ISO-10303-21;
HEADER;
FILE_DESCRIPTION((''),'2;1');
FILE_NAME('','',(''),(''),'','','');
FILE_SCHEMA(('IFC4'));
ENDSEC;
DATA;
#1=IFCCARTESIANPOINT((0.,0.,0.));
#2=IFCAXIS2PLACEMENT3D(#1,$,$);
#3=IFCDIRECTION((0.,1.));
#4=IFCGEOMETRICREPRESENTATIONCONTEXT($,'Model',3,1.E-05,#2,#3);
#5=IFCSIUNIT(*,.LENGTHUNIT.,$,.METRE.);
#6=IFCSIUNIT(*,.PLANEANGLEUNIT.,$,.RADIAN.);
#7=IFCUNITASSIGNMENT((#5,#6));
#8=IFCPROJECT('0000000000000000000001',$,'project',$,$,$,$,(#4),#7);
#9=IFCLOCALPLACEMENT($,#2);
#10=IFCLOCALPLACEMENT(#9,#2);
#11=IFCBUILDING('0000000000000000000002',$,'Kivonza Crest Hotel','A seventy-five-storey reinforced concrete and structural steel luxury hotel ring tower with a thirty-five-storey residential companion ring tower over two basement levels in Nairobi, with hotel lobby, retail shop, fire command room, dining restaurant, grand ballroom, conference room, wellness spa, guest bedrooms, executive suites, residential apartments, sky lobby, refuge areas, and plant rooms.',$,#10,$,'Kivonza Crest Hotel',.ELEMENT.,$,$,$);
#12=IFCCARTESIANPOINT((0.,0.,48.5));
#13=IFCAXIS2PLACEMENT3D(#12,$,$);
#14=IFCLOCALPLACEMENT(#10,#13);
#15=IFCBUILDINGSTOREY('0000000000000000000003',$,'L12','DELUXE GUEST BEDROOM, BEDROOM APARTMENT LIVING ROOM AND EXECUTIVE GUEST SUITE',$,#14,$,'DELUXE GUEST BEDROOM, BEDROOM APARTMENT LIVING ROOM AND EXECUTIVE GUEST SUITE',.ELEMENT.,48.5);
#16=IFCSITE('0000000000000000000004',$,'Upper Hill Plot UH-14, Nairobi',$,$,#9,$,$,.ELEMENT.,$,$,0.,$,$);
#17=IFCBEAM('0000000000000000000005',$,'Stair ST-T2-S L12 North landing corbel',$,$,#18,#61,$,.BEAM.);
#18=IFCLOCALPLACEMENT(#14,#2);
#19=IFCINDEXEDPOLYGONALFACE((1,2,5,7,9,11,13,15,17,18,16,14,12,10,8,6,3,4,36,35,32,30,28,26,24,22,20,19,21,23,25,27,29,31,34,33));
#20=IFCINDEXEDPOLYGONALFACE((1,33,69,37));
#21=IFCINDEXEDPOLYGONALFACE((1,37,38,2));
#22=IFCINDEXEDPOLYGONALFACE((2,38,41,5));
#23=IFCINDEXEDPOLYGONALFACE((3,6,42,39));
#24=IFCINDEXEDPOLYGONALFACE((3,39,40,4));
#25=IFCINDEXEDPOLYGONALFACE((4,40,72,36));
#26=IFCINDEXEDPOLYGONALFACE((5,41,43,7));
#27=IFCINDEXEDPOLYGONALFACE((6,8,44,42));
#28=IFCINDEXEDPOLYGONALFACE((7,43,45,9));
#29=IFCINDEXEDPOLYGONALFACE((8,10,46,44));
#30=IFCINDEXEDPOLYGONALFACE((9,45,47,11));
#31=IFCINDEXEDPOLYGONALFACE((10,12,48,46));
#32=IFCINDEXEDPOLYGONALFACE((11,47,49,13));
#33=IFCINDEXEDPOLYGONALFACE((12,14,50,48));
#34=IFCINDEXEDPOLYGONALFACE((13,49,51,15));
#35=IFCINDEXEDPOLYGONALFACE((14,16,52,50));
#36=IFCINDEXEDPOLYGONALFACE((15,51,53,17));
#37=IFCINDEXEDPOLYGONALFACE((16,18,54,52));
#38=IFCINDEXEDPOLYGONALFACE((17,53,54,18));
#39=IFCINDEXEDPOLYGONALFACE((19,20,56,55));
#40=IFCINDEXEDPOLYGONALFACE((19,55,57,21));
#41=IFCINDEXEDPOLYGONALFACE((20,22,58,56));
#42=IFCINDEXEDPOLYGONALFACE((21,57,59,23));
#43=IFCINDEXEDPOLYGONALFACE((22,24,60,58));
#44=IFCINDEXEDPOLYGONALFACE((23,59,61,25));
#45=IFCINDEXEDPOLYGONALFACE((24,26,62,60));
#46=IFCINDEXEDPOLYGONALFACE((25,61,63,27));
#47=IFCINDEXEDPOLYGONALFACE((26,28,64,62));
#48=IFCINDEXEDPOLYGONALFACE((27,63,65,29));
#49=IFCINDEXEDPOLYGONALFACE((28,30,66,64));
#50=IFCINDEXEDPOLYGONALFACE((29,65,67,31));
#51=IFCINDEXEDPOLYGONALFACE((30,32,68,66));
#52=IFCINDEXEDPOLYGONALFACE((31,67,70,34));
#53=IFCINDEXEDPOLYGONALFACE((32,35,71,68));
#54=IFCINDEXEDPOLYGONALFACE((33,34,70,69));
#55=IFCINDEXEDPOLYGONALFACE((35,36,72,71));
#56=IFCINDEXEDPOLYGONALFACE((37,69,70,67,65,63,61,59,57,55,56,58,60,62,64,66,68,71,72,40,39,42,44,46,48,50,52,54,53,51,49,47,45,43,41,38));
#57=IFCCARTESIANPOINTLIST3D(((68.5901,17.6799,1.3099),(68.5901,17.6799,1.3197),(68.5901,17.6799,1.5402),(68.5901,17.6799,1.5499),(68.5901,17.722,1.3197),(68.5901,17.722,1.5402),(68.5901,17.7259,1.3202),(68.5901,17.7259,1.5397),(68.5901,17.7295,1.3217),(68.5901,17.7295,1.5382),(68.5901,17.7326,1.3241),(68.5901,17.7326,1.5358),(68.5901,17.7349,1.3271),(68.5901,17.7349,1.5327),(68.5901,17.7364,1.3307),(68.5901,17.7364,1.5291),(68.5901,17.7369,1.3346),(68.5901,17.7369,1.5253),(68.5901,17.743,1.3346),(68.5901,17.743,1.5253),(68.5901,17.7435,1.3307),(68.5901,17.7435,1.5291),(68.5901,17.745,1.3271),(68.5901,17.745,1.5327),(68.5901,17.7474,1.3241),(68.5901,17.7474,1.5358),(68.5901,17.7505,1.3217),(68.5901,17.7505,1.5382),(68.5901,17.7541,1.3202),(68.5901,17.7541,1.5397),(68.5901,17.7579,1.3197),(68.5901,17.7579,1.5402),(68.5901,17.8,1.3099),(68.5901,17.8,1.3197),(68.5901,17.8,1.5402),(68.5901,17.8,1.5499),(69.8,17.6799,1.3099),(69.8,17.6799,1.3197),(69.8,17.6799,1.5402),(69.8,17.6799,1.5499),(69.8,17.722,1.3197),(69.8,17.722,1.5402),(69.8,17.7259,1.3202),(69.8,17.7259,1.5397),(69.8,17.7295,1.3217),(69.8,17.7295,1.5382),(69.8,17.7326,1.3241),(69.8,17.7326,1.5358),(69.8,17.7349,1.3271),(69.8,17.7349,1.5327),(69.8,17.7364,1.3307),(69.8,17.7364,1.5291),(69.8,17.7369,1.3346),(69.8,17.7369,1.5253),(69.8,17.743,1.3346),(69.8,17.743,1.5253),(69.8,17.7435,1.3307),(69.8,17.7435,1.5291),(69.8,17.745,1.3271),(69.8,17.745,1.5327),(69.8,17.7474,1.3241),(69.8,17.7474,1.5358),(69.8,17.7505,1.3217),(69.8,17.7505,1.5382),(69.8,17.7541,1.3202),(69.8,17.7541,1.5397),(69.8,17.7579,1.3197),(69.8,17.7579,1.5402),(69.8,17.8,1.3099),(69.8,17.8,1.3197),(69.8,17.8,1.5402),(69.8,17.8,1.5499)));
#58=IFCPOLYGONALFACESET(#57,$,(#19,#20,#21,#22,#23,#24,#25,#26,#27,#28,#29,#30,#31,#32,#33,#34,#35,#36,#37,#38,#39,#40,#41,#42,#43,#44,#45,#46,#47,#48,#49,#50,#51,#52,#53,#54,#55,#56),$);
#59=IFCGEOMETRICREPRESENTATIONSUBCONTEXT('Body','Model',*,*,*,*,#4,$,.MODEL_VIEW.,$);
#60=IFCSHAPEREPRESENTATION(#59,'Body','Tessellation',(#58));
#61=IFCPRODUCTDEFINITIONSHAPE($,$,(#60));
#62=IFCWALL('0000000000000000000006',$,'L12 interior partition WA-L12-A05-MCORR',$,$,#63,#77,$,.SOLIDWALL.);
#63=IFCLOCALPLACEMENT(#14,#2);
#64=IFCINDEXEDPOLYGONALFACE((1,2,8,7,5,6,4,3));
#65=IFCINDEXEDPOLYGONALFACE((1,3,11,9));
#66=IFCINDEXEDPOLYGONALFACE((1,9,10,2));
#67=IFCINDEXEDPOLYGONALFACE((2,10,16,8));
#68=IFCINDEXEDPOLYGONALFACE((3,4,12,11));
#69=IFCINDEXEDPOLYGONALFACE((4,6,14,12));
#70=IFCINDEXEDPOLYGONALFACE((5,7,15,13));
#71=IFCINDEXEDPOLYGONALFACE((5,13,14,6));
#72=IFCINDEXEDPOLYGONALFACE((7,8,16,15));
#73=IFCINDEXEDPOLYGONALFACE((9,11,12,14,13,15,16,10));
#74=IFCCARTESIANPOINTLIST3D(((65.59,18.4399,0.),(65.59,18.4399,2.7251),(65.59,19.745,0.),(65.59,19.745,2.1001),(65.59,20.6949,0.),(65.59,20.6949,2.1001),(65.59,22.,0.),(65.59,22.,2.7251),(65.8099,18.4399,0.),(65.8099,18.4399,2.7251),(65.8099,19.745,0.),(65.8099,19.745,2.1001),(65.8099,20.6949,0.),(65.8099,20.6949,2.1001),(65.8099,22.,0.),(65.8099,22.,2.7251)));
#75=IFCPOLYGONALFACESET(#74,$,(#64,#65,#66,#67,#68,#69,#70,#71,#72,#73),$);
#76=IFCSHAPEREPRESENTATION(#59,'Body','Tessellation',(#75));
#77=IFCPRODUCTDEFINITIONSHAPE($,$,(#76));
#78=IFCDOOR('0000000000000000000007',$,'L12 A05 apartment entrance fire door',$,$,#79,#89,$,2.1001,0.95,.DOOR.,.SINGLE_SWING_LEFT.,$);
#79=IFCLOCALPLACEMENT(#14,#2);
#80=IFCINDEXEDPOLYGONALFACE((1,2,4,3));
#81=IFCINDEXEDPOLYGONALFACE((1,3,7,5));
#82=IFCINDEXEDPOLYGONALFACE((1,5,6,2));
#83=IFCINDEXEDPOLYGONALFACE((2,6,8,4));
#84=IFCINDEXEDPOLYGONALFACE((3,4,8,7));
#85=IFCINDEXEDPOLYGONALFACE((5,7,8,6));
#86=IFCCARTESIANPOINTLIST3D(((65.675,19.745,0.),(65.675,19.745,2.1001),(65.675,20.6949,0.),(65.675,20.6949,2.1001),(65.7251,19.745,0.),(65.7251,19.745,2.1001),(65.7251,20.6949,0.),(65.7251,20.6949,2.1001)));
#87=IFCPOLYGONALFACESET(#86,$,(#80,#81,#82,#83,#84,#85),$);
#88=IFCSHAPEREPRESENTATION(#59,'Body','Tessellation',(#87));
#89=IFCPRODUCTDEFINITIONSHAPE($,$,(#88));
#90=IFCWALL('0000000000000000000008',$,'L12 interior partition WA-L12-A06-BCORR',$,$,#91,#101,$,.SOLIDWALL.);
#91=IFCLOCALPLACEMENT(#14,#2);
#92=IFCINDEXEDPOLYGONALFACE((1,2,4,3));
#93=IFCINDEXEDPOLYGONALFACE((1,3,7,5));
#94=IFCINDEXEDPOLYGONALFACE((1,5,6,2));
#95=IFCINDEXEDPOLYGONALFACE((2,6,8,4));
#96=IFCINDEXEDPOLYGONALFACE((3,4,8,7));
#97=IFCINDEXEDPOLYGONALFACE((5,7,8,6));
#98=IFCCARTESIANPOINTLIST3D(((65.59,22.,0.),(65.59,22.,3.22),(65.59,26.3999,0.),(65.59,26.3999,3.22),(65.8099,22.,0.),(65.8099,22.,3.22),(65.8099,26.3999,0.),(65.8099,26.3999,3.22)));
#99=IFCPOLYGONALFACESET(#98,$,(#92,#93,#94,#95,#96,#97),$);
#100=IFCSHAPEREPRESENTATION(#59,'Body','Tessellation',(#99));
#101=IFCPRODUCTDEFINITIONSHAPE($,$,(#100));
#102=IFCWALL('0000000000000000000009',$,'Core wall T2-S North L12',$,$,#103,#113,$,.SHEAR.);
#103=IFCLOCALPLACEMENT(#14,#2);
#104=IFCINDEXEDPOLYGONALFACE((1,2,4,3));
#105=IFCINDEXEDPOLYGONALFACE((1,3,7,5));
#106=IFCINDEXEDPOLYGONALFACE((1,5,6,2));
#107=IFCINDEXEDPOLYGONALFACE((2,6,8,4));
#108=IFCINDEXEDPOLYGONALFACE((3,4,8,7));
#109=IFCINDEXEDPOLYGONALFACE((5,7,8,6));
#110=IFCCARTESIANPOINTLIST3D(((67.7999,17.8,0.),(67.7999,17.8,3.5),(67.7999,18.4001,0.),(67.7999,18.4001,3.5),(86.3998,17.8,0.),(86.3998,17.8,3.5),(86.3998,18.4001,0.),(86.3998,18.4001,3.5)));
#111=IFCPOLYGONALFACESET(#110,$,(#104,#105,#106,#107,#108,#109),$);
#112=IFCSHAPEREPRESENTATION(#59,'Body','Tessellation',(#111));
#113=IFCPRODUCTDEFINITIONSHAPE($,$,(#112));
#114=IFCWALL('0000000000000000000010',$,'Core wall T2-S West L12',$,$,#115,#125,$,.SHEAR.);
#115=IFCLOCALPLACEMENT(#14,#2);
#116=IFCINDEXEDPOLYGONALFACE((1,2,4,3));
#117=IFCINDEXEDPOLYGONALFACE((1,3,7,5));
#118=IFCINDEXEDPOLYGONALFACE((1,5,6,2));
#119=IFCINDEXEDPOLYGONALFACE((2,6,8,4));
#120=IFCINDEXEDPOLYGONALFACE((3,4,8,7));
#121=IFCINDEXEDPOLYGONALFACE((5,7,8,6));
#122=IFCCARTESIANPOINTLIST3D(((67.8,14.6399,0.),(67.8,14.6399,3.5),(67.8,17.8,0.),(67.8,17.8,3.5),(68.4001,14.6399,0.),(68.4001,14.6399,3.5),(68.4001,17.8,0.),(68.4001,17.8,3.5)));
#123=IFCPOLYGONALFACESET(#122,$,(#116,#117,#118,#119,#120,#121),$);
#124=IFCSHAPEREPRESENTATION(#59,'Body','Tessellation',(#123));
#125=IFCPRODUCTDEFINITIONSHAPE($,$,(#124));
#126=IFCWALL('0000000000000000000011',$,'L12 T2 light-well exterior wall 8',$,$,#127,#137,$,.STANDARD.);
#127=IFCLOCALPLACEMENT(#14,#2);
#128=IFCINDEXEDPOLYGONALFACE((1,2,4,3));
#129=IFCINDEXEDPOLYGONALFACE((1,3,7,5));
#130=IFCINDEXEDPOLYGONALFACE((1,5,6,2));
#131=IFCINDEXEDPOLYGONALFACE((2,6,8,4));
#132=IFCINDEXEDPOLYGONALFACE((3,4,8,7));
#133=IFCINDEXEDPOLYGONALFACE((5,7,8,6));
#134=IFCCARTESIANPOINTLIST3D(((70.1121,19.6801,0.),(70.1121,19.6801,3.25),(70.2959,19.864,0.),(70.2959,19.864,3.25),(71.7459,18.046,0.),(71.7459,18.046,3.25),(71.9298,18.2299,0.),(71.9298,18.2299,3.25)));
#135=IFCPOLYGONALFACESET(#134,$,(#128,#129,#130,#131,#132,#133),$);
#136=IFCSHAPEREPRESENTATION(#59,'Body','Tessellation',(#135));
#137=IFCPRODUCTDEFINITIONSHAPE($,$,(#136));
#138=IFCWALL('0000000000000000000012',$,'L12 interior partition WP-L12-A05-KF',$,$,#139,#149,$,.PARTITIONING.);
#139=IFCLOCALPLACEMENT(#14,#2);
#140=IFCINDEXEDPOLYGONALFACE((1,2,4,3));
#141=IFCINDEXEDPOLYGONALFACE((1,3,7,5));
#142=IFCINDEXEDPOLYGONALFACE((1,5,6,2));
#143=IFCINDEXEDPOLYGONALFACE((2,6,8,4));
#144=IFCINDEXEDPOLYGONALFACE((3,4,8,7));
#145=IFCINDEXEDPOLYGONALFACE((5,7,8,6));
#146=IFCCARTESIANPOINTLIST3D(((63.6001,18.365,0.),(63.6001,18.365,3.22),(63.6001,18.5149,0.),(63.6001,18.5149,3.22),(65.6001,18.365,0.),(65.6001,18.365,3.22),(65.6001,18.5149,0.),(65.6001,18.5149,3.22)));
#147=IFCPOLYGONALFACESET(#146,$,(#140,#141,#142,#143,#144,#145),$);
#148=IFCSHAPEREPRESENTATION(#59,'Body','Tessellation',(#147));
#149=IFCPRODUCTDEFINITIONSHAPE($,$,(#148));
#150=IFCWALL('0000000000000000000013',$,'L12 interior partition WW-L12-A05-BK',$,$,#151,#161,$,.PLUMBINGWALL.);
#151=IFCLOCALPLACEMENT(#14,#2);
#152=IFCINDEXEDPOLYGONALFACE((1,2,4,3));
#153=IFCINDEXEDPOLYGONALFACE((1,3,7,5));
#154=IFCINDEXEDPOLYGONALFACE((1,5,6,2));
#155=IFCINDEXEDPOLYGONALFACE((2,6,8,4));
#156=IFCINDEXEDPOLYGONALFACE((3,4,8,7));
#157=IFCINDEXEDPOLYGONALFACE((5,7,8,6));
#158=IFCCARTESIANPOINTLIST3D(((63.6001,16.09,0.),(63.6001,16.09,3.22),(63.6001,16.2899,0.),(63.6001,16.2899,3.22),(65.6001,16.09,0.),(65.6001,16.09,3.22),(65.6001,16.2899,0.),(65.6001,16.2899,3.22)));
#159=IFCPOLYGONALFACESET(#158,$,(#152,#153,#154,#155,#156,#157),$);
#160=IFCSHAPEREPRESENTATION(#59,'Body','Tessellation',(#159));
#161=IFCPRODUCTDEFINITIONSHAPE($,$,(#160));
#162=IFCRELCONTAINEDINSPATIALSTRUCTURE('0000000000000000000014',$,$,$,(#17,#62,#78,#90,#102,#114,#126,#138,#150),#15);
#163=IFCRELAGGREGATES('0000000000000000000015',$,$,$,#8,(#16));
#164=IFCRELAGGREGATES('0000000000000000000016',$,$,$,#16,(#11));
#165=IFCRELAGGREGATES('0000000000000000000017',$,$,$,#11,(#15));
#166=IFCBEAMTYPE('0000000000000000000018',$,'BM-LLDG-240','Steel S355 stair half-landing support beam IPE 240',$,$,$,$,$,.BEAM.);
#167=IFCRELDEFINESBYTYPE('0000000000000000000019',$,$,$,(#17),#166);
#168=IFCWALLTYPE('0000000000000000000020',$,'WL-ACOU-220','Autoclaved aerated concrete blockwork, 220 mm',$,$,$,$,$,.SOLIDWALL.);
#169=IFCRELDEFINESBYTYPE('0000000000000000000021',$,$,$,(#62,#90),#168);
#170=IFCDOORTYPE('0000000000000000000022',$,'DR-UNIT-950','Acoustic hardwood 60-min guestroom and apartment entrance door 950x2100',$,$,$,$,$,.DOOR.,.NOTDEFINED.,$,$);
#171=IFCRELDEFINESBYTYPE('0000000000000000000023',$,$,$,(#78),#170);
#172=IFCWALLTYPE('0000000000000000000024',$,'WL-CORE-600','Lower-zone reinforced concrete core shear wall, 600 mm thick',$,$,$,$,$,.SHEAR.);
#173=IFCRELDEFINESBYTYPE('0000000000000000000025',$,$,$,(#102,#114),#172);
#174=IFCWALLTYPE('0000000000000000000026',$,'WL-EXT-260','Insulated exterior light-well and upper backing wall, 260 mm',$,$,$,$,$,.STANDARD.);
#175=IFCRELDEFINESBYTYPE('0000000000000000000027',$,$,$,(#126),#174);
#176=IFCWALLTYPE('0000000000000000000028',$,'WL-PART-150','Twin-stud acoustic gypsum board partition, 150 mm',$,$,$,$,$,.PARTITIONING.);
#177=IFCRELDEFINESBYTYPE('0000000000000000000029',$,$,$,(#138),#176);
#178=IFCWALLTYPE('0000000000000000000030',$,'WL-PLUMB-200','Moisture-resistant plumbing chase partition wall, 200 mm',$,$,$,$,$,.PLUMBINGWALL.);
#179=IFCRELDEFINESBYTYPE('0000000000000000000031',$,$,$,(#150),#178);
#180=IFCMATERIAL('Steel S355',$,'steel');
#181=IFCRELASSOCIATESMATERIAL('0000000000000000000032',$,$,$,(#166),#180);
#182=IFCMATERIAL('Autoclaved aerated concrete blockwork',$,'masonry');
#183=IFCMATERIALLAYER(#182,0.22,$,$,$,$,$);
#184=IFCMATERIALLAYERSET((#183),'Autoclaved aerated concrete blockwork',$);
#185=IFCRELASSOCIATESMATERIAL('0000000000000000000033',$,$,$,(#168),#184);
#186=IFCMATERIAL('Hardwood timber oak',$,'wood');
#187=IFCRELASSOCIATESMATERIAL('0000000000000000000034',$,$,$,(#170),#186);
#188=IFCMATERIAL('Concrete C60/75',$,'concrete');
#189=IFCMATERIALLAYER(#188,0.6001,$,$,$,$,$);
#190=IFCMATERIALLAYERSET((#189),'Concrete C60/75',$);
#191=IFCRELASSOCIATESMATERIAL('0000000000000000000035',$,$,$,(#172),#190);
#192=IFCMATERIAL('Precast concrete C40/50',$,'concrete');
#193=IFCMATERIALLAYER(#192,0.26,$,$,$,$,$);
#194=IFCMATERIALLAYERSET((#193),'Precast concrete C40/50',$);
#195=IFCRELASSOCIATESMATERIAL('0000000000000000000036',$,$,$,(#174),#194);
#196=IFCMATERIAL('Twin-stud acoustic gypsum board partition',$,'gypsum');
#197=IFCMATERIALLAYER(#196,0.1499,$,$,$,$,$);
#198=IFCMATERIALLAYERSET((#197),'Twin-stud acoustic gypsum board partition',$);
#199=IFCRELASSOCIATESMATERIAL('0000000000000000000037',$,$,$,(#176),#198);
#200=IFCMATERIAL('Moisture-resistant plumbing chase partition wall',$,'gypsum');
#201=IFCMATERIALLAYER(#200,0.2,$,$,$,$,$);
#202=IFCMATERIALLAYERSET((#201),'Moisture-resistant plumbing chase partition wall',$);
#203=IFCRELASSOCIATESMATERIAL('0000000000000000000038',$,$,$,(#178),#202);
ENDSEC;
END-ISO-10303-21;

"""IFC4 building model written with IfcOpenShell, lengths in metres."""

from ifc_helpers import new_model, si_unit, direction, frame, frame_2d, origin, origin_2d, place, context, subcontext, project, spatial, rectangle, i_section, extrude, material, layer, layer_set, material_profile, profile_set, type_object, element, fill, save


model = new_model("IFC4")

# Units and contexts
model_context = context("Model", 3, precision=1e-05, world=origin(), true_north=direction((0.0, 1.0)))
body_context = subcontext(model_context, "Body", "Model", "MODEL_VIEW")
ifc_project = project(units=[si_unit("LENGTHUNIT", "METRE"), si_unit("PLANEANGLEUNIT", "RADIAN")], contexts=[model_context])

# Site, building, storey
site_placement = place(None, origin())
site = spatial("IfcSite", under=ifc_project, at=site_placement, Name="Upper Hill Plot UH-14, Nairobi", CompositionType="ELEMENT", RefElevation=0.0)
building_placement = place(site_placement, origin())
building = spatial("IfcBuilding", under=site, at=building_placement, Name="Kivonza Crest Hotel", Description="A seventy-five-storey reinforced concrete and structural steel luxury hotel ring tower with a thirty-five-storey residential companion ring tower over two basement levels in Nairobi, with hotel lobby, retail shop, fire command room, dining restaurant, grand ballroom, conference room, wellness spa, guest bedrooms, executive suites, residential apartments, sky lobby, refuge areas, and plant rooms.", LongName="Kivonza Crest Hotel", CompositionType="ELEMENT")
storey_placement = place(building_placement, frame((0.0, 0.0, 48.5)))
storey = spatial("IfcBuildingStorey", under=building, at=storey_placement, Name="L12", Description="DELUXE GUEST BEDROOM, BEDROOM APARTMENT LIVING ROOM AND EXECUTIVE GUEST SUITE", LongName="DELUXE GUEST BEDROOM, BEDROOM APARTMENT LIVING ROOM AND EXECUTIVE GUEST SUITE", CompositionType="ELEMENT", Elevation=48.5)

# Beam
ifc_material_1 = material(Name="Steel S355", Category="steel")
ifc_material_profile_1 = material_profile(ifc_material_1, i_section(OverallWidth=0.1201, OverallDepth=0.24, WebThickness=0.0061, FlangeThickness=0.0098, FilletRadius=0.0149, at=origin_2d()), Name="IPE 240")
ifc_profile_set_1 = profile_set([ifc_material_profile_1], Name="Steel S355")
beam_type_1 = type_object("IfcBeamType", Name="BM-LLDG-240", Description="Steel S355 stair half-landing support beam IPE 240", PredefinedType="BEAM", material=ifc_profile_set_1)
for number, where, z_axis, x_axis, name in (
    (1, (68.5901, 17.74, 1.4299), (1.0, 0.0, 0.0), (0.0, 1.0, 0.0), "Stair ST-T2-S L12 North landing corbel"),
):
    element("IfcBeam", number, at=place(storey_placement, frame(where, z_axis=z_axis, x_axis=x_axis)), inside=storey, type_object=beam_type_1, Name=name, PredefinedType="BEAM", context=body_context, shape_type="SweptSolid", body=[
        extrude(i_section(OverallWidth=0.1201, OverallDepth=0.24, WebThickness=0.0061, FlangeThickness=0.0098, FilletRadius=0.0149, at=origin_2d()), origin(), (0.0, 0.0, 1.0), 1.21),
    ])

# Wall, opening, door
ifc_material_2 = material(Name="Autoclaved aerated concrete blockwork", Category="masonry")
ifc_layer_1 = layer(ifc_material_2, 0.22)
ifc_layer_set_1 = layer_set([ifc_layer_1], Name="Autoclaved aerated concrete blockwork")
wall_type_1 = type_object("IfcWallType", Name="WL-ACOU-220", Description="Autoclaved aerated concrete blockwork, 220 mm", PredefinedType="SOLIDWALL", material=ifc_layer_set_1)
wall_1_placement = place(storey_placement, frame((65.7, 18.4399, 0.0), z_axis=(0.0, 0.0, 1.0), x_axis=(0.0, 1.0, 0.0)))
wall_1 = element("IfcWall", 2, at=wall_1_placement, inside=storey, type_object=wall_type_1, Name="L12 interior partition WA-L12-A05-MCORR", PredefinedType="SOLIDWALL", context=body_context, shape_type="SweptSolid", body=[
    extrude(rectangle(XDim=3.5601, YDim=0.22, at=frame_2d((1.78, 0.0))), origin(), (0.0, 0.0, 1.0), 2.7251),
])
opening_placement = place(wall_1_placement, frame((1.3049, 0.0, 0.0)))
opening = element("IfcOpeningElement", 3, at=opening_placement, cuts=wall_1, PredefinedType="OPENING", context=body_context, shape_type="SweptSolid", body=[
    extrude(rectangle(XDim=0.95, YDim=2.1001, at=frame_2d((0.4751, 1.05))), frame((0.0, 0.1201, 0.0), z_axis=(0.0, -1.0, 0.0), x_axis=(1.0, 0.0, 0.0)), (0.0, 0.0, 1.0), 0.24),
])
ifc_material_3 = material(Name="Hardwood timber oak", Category="wood")
door_type = type_object("IfcDoorType", Name="DR-UNIT-950", Description="Acoustic hardwood 60-min guestroom and apartment entrance door 950x2100", OperationType="NOTDEFINED", PredefinedType="DOOR", material=ifc_material_3)
door_placement = place(opening_placement, origin())
door = element("IfcDoor", 4, at=door_placement, inside=storey, type_object=door_type, Name="L12 A05 apartment entrance fire door", OperationType="SINGLE_SWING_LEFT", OverallHeight=2.1001, OverallWidth=0.95, PredefinedType="DOOR", context=body_context, shape_type="SweptSolid", body=[
    extrude(rectangle(XDim=0.95, YDim=2.1001, at=frame_2d((0.4751, 1.05))), frame((0.0, 0.0249, 0.0), z_axis=(0.0, -1.0, 0.0), x_axis=(1.0, 0.0, 0.0)), (0.0, 0.0, 1.0), 0.05),
])
fill(opening, door)

# Walls
wall_2_placement = place(storey_placement, frame((65.7, 22.0, 0.0), z_axis=(0.0, 0.0, 1.0), x_axis=(0.0, 1.0, 0.0)))
element("IfcWall", 5, at=wall_2_placement, inside=storey, type_object=wall_type_1, Name="L12 interior partition WA-L12-A06-BCORR", PredefinedType="SOLIDWALL", context=body_context, shape_type="SweptSolid", body=[
    extrude(rectangle(XDim=4.3999, YDim=0.22, at=frame_2d((2.2, 0.0))), origin(), (0.0, 0.0, 1.0), 3.22),
])
ifc_material_4 = material(Name="Concrete C60/75", Category="concrete")
ifc_layer_2 = layer(ifc_material_4, 0.6001)
ifc_layer_set_2 = layer_set([ifc_layer_2], Name="Concrete C60/75")
wall_type_2 = type_object("IfcWallType", Name="WL-CORE-600", Description="Lower-zone reinforced concrete core shear wall, 600 mm thick", PredefinedType="SHEAR", material=ifc_layer_set_2)
wall_3_placement = place(storey_placement, frame((67.8, 18.1001, 0.0), z_axis=(0.0, 0.0, 1.0), x_axis=(1.0, 0.0, 0.0)))
element("IfcWall", 6, at=wall_3_placement, inside=storey, type_object=wall_type_2, Name="Core wall T2-S North L12", PredefinedType="SHEAR", context=body_context, shape_type="SweptSolid", body=[
    extrude(rectangle(XDim=18.5999, YDim=0.6001, at=frame_2d((9.2998, 0.0))), origin(), (0.0, 0.0, 1.0), 3.5),
])
wall_4_placement = place(storey_placement, frame((68.1001, 14.6399, 0.0), z_axis=(0.0, 0.0, 1.0), x_axis=(0.0, 1.0, 0.0)))
element("IfcWall", 7, at=wall_4_placement, inside=storey, type_object=wall_type_2, Name="Core wall T2-S West L12", PredefinedType="SHEAR", context=body_context, shape_type="SweptSolid", body=[
    extrude(rectangle(XDim=3.1602, YDim=0.6001, at=frame_2d((1.5801, 0.0))), origin(), (0.0, 0.0, 1.0), 3.5),
])
ifc_material_5 = material(Name="Precast concrete C40/50", Category="concrete")
ifc_layer_3 = layer(ifc_material_5, 0.26)
ifc_layer_set_3 = layer_set([ifc_layer_3], Name="Precast concrete C40/50")
wall_type_3 = type_object("IfcWallType", Name="WL-EXT-260", Description="Insulated exterior light-well and upper backing wall, 260 mm", PredefinedType="STANDARD", material=ifc_layer_set_3)
wall_5_placement = place(storey_placement, frame((70.2041, 19.772, 0.0), z_axis=(0.0, 0.0, 1.0), x_axis=(0.707054, -0.70716, 0.0)))
element("IfcWall", 8, at=wall_5_placement, inside=storey, type_object=wall_type_3, Name="L12 T2 light-well exterior wall 8", PredefinedType="STANDARD", context=body_context, shape_type="SweptSolid", body=[
    extrude(rectangle(XDim=2.3108, YDim=0.26, at=frame_2d((1.1553, 0.0))), origin(), (0.0, 0.0, 1.0), 3.25),
])
ifc_material_6 = material(Name="Twin-stud acoustic gypsum board partition", Category="gypsum")
ifc_layer_4 = layer(ifc_material_6, 0.1499)
ifc_layer_set_4 = layer_set([ifc_layer_4], Name="Twin-stud acoustic gypsum board partition")
wall_type_4 = type_object("IfcWallType", Name="WL-PART-150", Description="Twin-stud acoustic gypsum board partition, 150 mm", PredefinedType="PARTITIONING", material=ifc_layer_set_4)
wall_6_placement = place(storey_placement, frame((63.6001, 18.4399, 0.0), z_axis=(0.0, 0.0, 1.0), x_axis=(1.0, 0.0, 0.0)))
element("IfcWall", 9, at=wall_6_placement, inside=storey, type_object=wall_type_4, Name="L12 interior partition WP-L12-A05-KF", PredefinedType="PARTITIONING", context=body_context, shape_type="SweptSolid", body=[
    extrude(rectangle(XDim=2.0, YDim=0.1499, at=frame_2d((1.0, 0.0))), origin(), (0.0, 0.0, 1.0), 3.22),
])
ifc_material_7 = material(Name="Moisture-resistant plumbing chase partition wall", Category="gypsum")
ifc_layer_5 = layer(ifc_material_7, 0.2)
ifc_layer_set_5 = layer_set([ifc_layer_5], Name="Moisture-resistant plumbing chase partition wall")
wall_type_5 = type_object("IfcWallType", Name="WL-PLUMB-200", Description="Moisture-resistant plumbing chase partition wall, 200 mm", PredefinedType="PLUMBINGWALL", material=ifc_layer_set_5)
wall_7_placement = place(storey_placement, frame((63.6001, 16.1899, 0.0), z_axis=(0.0, 0.0, 1.0), x_axis=(1.0, 0.0, 0.0)))
element("IfcWall", 10, at=wall_7_placement, inside=storey, type_object=wall_type_5, Name="L12 interior partition WW-L12-A05-BK", PredefinedType="PLUMBINGWALL", context=body_context, shape_type="SweptSolid", body=[
    extrude(rectangle(XDim=2.0, YDim=0.2, at=frame_2d((1.0, 0.0))), origin(), (0.0, 0.0, 1.0), 3.22),
])

save(model, "model.ifc")
